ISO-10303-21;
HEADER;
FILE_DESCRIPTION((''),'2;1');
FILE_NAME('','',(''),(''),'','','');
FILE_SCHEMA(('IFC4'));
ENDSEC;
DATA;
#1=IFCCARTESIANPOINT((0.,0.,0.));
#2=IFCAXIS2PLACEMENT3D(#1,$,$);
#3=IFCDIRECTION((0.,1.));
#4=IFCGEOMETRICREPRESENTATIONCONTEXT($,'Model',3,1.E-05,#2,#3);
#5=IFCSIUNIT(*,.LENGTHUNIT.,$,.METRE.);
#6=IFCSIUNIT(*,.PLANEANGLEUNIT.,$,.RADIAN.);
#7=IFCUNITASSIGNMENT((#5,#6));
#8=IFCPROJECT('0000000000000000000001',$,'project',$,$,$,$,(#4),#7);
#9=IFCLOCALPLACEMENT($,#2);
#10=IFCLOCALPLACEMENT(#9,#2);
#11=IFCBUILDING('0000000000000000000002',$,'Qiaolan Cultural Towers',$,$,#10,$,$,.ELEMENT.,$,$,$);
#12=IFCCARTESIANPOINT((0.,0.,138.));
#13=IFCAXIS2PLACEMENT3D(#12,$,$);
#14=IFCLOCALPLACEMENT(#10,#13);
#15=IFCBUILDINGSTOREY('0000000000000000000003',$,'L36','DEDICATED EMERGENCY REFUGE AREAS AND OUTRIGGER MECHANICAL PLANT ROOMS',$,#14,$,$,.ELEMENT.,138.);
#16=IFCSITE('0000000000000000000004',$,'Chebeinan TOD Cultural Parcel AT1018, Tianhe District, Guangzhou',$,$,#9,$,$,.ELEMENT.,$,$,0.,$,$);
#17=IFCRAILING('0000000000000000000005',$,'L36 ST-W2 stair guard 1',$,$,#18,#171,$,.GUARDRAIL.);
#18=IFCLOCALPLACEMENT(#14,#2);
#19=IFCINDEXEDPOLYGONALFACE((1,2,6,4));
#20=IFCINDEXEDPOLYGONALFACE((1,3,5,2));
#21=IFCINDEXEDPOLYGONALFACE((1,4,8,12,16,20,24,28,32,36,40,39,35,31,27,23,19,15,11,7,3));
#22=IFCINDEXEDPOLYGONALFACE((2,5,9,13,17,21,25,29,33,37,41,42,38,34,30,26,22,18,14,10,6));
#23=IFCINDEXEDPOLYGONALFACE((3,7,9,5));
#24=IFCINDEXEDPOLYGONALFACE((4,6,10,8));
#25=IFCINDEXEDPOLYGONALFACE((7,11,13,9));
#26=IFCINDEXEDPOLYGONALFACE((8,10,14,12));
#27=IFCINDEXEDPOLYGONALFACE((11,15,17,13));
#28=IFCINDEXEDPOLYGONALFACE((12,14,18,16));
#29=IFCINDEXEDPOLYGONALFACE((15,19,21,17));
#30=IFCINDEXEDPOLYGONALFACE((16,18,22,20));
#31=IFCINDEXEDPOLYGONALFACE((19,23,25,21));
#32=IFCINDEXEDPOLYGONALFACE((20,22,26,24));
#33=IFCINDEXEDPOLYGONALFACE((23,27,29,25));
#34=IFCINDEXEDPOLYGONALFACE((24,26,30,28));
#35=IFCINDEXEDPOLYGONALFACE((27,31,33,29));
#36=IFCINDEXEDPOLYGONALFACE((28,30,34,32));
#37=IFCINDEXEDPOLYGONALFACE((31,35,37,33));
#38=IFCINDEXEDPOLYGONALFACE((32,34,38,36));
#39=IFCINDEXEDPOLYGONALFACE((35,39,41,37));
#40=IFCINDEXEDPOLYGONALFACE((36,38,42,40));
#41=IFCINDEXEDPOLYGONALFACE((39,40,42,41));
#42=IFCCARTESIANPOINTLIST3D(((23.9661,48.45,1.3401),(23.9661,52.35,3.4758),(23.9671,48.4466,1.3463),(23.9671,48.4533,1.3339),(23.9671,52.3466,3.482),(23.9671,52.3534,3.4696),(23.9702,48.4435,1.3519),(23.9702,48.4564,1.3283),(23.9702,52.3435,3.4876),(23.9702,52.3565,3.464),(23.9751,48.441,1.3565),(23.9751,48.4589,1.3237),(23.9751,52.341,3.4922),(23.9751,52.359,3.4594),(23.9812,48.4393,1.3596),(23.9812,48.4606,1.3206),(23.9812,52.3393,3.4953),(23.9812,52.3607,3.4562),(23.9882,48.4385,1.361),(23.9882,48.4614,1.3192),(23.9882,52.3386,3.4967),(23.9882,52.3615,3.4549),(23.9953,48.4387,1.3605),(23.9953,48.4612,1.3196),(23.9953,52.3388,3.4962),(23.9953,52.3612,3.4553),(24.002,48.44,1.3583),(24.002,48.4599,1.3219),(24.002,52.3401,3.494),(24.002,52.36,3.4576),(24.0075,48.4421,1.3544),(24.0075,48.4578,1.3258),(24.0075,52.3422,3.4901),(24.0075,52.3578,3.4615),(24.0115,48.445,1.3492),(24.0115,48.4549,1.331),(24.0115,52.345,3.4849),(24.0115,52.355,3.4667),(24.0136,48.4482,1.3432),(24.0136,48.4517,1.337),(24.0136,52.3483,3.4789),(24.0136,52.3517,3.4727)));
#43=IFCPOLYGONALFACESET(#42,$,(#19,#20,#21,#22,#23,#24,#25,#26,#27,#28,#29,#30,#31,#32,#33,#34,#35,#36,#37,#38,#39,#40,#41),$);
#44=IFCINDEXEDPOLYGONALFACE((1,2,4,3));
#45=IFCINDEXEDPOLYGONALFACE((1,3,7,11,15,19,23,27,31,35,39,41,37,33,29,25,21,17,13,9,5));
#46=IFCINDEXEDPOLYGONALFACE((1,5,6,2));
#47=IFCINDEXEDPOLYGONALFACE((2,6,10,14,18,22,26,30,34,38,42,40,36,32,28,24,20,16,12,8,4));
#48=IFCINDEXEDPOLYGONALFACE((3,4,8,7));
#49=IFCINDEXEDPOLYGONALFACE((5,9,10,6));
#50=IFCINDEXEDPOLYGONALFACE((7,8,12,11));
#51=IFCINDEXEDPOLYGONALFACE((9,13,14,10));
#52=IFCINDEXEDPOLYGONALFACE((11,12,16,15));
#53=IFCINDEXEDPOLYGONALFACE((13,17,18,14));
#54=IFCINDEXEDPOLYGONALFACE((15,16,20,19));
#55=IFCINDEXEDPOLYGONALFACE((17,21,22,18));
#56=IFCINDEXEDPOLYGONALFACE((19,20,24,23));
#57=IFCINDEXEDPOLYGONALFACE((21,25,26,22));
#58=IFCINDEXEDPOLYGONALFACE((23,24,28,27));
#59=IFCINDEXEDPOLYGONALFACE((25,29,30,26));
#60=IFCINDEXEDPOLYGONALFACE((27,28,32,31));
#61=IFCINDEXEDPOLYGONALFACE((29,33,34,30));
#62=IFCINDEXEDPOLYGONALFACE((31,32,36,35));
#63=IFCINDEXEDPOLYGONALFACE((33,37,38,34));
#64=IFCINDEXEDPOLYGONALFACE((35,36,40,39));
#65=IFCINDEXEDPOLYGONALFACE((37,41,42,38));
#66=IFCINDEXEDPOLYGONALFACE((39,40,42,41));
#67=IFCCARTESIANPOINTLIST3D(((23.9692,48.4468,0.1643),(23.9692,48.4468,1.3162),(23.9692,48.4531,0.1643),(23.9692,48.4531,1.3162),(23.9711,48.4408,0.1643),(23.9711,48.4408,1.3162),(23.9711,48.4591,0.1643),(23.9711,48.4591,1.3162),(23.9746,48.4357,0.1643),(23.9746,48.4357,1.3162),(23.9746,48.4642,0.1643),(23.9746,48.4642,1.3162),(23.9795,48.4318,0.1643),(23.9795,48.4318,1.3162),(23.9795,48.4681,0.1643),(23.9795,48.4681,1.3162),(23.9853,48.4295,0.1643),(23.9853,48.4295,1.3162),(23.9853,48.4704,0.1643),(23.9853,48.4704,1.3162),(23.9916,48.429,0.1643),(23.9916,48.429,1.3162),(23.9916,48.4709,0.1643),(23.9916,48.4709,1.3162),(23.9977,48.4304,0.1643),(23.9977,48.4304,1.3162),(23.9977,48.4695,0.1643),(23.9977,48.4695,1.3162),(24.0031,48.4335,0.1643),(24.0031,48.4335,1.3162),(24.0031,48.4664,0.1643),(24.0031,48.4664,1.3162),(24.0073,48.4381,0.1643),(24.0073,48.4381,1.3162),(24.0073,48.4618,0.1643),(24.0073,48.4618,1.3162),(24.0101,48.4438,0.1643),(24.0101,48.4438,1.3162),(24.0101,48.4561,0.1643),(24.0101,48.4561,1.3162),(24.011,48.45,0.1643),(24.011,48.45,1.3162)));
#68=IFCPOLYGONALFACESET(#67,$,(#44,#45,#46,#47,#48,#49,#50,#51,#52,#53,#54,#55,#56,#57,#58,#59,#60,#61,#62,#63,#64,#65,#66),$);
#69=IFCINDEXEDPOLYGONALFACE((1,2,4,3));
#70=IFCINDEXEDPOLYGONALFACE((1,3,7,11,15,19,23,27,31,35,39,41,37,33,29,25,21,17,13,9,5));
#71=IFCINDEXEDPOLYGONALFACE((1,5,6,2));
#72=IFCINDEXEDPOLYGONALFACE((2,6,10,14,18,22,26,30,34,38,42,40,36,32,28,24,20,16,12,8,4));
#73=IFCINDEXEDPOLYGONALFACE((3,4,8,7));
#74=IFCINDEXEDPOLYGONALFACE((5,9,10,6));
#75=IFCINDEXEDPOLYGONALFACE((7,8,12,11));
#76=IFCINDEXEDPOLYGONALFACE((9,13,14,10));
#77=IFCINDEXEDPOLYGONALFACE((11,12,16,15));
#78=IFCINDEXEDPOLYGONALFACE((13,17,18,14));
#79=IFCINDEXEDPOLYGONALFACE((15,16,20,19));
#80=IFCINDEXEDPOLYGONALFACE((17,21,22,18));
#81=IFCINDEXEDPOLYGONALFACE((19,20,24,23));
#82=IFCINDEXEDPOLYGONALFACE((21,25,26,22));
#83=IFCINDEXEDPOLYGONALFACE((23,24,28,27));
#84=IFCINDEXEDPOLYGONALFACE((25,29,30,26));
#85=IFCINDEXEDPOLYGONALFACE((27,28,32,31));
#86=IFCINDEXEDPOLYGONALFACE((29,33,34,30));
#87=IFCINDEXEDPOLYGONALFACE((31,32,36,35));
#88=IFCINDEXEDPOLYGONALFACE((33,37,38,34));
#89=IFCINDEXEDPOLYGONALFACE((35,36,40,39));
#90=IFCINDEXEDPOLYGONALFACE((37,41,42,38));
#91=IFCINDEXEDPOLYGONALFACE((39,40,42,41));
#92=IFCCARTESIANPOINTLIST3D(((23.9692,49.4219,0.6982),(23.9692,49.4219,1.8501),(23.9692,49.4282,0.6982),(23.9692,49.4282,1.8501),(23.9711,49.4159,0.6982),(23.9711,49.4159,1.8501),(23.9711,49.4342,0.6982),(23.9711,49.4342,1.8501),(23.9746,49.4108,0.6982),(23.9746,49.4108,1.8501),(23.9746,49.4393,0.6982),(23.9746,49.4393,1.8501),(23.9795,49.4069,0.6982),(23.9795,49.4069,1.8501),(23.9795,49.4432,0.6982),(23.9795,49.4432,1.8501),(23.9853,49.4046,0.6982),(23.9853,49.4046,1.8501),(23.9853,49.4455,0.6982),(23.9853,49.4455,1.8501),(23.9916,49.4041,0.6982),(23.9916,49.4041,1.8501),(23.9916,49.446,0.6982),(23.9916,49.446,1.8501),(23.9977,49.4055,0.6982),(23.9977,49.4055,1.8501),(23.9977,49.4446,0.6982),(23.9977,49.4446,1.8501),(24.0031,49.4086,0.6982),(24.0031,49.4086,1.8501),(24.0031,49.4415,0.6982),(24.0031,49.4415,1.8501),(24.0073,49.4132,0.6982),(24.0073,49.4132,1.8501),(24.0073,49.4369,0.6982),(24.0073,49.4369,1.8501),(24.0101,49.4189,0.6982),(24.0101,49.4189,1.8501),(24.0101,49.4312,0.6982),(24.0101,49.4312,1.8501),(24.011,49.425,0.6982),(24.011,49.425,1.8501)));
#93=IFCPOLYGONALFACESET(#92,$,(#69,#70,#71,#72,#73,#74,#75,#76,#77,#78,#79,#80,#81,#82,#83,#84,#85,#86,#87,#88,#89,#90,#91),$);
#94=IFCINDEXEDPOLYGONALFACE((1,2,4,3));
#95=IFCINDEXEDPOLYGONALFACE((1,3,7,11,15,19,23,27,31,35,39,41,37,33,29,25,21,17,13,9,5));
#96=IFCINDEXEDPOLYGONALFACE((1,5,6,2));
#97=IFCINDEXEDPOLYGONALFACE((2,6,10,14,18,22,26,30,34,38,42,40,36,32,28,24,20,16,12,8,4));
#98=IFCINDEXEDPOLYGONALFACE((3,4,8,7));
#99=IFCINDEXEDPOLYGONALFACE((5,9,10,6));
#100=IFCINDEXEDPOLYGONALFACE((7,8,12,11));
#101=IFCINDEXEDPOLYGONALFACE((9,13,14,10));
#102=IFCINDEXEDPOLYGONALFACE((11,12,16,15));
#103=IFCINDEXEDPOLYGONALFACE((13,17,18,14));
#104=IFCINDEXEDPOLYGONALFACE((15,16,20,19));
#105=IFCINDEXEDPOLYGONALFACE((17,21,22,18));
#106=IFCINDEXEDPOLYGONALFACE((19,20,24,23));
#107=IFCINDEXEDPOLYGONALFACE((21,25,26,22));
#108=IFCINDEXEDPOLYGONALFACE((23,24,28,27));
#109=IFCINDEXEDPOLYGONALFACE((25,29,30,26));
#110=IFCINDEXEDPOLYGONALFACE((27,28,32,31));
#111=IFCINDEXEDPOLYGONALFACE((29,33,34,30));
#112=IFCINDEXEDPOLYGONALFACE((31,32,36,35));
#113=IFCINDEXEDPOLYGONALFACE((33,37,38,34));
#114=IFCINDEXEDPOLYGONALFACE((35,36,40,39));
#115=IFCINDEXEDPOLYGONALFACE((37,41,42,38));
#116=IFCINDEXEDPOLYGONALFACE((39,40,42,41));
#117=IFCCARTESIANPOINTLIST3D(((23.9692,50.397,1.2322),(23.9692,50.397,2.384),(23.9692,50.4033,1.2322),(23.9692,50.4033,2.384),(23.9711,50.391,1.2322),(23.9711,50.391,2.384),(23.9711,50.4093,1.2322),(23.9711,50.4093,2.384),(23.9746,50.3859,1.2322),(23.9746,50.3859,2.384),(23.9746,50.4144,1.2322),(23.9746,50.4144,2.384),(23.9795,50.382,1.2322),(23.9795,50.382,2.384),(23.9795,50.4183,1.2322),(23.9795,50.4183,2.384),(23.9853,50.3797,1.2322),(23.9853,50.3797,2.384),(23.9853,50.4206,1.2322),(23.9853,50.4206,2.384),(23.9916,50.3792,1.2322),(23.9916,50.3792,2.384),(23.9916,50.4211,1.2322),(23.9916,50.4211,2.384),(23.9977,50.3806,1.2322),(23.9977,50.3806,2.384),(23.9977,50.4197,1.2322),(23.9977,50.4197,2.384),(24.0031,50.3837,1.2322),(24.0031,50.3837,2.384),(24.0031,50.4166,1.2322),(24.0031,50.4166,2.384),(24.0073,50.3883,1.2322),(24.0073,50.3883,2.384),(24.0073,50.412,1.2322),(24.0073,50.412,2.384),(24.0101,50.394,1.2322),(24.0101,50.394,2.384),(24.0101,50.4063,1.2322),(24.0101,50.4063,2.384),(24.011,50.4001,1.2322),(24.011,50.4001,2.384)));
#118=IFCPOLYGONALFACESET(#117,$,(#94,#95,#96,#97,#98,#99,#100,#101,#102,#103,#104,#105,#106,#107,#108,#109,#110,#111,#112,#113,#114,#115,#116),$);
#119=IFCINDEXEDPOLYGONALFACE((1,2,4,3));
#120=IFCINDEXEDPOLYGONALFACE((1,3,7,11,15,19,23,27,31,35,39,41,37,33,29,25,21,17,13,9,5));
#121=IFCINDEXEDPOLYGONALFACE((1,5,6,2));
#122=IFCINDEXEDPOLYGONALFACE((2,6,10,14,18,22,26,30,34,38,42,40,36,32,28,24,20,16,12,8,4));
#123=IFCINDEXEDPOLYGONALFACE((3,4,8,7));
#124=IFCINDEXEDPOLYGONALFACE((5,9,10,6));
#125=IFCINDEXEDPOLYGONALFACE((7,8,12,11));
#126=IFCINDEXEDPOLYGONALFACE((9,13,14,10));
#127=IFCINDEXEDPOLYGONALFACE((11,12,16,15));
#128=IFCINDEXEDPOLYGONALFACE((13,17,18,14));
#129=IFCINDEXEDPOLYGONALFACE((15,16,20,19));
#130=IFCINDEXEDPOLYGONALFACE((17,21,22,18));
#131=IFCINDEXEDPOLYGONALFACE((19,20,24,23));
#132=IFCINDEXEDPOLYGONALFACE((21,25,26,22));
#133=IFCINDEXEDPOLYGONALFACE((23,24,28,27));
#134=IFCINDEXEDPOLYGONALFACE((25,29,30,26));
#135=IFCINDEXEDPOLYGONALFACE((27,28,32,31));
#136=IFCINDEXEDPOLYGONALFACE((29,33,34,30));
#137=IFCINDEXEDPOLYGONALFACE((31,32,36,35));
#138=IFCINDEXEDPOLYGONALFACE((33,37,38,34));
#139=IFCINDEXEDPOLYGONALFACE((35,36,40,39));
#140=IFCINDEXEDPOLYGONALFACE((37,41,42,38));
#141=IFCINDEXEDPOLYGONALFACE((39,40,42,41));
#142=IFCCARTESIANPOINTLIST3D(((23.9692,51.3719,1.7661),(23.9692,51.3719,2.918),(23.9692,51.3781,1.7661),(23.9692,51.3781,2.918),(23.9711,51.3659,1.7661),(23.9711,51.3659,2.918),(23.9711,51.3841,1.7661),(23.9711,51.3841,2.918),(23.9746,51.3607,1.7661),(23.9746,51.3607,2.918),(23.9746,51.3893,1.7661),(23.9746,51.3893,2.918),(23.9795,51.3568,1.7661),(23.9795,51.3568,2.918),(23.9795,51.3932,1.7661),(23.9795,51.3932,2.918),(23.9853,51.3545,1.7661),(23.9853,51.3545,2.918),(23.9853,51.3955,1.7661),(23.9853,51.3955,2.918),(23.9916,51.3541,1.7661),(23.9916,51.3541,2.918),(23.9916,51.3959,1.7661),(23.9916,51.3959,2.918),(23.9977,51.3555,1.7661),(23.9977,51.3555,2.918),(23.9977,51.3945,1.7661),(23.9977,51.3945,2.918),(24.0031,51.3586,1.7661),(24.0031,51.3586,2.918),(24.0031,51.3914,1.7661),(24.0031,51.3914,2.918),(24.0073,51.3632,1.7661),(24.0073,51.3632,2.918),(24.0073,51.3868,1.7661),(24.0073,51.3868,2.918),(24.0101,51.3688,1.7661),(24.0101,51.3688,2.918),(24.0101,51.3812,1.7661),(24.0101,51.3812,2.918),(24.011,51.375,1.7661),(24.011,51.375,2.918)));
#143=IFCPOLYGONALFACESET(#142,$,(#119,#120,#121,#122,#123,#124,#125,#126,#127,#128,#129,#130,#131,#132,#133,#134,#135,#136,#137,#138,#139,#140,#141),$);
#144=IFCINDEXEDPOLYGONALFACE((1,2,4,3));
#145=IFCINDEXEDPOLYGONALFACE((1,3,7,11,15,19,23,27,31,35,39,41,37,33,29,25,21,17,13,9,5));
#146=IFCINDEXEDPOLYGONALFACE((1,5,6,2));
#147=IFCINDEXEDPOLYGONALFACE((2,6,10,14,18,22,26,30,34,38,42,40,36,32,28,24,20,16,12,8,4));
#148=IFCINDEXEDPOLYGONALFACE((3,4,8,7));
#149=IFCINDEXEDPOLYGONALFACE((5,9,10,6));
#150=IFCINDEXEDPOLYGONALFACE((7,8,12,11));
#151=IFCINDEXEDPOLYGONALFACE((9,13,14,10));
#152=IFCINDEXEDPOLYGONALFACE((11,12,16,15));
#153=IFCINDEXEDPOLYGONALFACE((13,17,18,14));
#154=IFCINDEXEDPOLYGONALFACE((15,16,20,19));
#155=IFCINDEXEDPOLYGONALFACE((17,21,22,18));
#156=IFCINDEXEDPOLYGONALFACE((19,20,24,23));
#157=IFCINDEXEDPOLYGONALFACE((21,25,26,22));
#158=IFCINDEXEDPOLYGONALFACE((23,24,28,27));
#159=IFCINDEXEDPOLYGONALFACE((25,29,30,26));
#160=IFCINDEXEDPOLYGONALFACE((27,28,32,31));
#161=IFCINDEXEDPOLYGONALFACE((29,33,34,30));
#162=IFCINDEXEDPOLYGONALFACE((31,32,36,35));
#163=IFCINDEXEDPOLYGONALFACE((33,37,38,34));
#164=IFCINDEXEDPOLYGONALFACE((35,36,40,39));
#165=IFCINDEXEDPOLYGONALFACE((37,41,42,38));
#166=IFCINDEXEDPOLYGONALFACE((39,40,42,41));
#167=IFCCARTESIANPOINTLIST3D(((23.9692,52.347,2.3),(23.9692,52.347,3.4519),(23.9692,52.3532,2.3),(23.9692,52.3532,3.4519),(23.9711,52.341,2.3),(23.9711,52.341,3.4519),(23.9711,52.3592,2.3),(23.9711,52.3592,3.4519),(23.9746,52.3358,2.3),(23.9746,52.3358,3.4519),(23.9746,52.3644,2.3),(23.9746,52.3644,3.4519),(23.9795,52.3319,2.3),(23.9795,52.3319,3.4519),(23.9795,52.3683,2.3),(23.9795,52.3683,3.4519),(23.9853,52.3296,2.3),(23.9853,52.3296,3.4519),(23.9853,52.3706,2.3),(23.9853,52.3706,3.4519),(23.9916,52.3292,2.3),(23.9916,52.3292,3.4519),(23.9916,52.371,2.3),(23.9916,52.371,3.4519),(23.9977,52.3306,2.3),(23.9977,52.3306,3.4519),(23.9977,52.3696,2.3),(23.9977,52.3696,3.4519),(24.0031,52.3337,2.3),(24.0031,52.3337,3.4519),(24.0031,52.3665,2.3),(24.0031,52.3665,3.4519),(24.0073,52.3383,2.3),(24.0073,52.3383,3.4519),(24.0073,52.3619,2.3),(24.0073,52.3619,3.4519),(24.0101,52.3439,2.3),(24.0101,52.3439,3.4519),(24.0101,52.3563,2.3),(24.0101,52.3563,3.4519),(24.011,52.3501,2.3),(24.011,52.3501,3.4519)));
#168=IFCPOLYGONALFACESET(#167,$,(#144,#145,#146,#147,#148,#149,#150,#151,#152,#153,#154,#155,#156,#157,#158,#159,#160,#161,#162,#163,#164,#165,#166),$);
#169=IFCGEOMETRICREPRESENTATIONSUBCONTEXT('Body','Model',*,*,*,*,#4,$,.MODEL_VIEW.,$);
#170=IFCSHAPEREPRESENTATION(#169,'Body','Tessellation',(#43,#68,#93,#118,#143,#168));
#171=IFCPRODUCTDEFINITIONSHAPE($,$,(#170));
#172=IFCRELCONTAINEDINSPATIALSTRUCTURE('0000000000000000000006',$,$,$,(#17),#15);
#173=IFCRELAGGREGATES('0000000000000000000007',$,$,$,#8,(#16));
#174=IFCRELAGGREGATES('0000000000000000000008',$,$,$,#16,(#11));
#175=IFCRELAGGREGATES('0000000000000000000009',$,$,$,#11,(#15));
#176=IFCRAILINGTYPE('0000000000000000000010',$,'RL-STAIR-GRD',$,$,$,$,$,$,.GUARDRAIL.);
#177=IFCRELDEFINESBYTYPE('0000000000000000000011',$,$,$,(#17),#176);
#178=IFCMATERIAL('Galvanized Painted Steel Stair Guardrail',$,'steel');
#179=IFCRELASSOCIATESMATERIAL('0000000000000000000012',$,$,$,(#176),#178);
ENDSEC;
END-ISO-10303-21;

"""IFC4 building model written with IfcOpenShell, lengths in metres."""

from ifc_helpers import new_model, si_unit, direction, frame, origin, origin_2d, place, context, subcontext, project, spatial, circle, extrude, material, type_object, element, save


model = new_model("IFC4")

# Units and contexts
model_context = context("Model", 3, precision=1e-05, world=origin(), true_north=direction((0.0, 1.0)))
body_context = subcontext(model_context, "Body", "Model", "MODEL_VIEW")
ifc_project = project(units=[si_unit("LENGTHUNIT", "METRE"), si_unit("PLANEANGLEUNIT", "RADIAN")], contexts=[model_context])

# Site, building, storey
site_placement = place(None, origin())
site = spatial("IfcSite", under=ifc_project, at=site_placement, Name="Chebeinan TOD Cultural Parcel AT1018, Tianhe District, Guangzhou", CompositionType="ELEMENT", RefElevation=0.0)
building_placement = place(site_placement, origin())
building = spatial("IfcBuilding", under=site, at=building_placement, Name="Qiaolan Cultural Towers", CompositionType="ELEMENT")
storey_placement = place(building_placement, frame((0.0, 0.0, 138.0)))
storey = spatial("IfcBuildingStorey", under=building, at=storey_placement, Name="L36", Description="DEDICATED EMERGENCY REFUGE AREAS AND OUTRIGGER MECHANICAL PLANT ROOMS", CompositionType="ELEMENT", Elevation=138.0)

# Railing
ifc_material_1 = material(Name="Galvanized Painted Steel Stair Guardrail", Category="steel")
railing_type_1 = type_object("IfcRailingType", Name="RL-STAIR-GRD", PredefinedType="GUARDRAIL", material=ifc_material_1)
railing_1_placement = place(storey_placement, frame((23.99, 48.45, 0.1643)))
element("IfcRailing", 1, at=railing_1_placement, inside=storey, type_object=railing_type_1, Name="L36 ST-W2 stair guard 1", PredefinedType="GUARDRAIL", context=body_context, shape_type="SweptSolid", body=[
    extrude(circle(Radius=0.0239, at=origin_2d()), frame((0.0, 0.0, 1.1758), z_axis=(0.0, 0.877101, 0.480306), x_axis=(-1.0, 0.0, 0.0)), (0.0, 0.0, 1.0), 4.4465),
    extrude(circle(Radius=0.021, at=origin_2d()), origin(), (0.0, 0.0, 1.0), 1.1519),
    extrude(circle(Radius=0.021, at=origin_2d()), frame((0.0, 0.9751, 0.5339)), (0.0, 0.0, 1.0), 1.1519),
    extrude(circle(Radius=0.021, at=origin_2d()), frame((0.0, 1.9502, 1.0679)), (0.0, 0.0, 1.0), 1.1519),
    extrude(circle(Radius=0.021, at=origin_2d()), frame((0.0, 2.925, 1.6018)), (0.0, 0.0, 1.0), 1.1519),
    extrude(circle(Radius=0.021, at=origin_2d()), frame((0.0, 3.9001, 2.1357)), (0.0, 0.0, 1.0), 1.1519),
])

save(model, "model.ifc")
